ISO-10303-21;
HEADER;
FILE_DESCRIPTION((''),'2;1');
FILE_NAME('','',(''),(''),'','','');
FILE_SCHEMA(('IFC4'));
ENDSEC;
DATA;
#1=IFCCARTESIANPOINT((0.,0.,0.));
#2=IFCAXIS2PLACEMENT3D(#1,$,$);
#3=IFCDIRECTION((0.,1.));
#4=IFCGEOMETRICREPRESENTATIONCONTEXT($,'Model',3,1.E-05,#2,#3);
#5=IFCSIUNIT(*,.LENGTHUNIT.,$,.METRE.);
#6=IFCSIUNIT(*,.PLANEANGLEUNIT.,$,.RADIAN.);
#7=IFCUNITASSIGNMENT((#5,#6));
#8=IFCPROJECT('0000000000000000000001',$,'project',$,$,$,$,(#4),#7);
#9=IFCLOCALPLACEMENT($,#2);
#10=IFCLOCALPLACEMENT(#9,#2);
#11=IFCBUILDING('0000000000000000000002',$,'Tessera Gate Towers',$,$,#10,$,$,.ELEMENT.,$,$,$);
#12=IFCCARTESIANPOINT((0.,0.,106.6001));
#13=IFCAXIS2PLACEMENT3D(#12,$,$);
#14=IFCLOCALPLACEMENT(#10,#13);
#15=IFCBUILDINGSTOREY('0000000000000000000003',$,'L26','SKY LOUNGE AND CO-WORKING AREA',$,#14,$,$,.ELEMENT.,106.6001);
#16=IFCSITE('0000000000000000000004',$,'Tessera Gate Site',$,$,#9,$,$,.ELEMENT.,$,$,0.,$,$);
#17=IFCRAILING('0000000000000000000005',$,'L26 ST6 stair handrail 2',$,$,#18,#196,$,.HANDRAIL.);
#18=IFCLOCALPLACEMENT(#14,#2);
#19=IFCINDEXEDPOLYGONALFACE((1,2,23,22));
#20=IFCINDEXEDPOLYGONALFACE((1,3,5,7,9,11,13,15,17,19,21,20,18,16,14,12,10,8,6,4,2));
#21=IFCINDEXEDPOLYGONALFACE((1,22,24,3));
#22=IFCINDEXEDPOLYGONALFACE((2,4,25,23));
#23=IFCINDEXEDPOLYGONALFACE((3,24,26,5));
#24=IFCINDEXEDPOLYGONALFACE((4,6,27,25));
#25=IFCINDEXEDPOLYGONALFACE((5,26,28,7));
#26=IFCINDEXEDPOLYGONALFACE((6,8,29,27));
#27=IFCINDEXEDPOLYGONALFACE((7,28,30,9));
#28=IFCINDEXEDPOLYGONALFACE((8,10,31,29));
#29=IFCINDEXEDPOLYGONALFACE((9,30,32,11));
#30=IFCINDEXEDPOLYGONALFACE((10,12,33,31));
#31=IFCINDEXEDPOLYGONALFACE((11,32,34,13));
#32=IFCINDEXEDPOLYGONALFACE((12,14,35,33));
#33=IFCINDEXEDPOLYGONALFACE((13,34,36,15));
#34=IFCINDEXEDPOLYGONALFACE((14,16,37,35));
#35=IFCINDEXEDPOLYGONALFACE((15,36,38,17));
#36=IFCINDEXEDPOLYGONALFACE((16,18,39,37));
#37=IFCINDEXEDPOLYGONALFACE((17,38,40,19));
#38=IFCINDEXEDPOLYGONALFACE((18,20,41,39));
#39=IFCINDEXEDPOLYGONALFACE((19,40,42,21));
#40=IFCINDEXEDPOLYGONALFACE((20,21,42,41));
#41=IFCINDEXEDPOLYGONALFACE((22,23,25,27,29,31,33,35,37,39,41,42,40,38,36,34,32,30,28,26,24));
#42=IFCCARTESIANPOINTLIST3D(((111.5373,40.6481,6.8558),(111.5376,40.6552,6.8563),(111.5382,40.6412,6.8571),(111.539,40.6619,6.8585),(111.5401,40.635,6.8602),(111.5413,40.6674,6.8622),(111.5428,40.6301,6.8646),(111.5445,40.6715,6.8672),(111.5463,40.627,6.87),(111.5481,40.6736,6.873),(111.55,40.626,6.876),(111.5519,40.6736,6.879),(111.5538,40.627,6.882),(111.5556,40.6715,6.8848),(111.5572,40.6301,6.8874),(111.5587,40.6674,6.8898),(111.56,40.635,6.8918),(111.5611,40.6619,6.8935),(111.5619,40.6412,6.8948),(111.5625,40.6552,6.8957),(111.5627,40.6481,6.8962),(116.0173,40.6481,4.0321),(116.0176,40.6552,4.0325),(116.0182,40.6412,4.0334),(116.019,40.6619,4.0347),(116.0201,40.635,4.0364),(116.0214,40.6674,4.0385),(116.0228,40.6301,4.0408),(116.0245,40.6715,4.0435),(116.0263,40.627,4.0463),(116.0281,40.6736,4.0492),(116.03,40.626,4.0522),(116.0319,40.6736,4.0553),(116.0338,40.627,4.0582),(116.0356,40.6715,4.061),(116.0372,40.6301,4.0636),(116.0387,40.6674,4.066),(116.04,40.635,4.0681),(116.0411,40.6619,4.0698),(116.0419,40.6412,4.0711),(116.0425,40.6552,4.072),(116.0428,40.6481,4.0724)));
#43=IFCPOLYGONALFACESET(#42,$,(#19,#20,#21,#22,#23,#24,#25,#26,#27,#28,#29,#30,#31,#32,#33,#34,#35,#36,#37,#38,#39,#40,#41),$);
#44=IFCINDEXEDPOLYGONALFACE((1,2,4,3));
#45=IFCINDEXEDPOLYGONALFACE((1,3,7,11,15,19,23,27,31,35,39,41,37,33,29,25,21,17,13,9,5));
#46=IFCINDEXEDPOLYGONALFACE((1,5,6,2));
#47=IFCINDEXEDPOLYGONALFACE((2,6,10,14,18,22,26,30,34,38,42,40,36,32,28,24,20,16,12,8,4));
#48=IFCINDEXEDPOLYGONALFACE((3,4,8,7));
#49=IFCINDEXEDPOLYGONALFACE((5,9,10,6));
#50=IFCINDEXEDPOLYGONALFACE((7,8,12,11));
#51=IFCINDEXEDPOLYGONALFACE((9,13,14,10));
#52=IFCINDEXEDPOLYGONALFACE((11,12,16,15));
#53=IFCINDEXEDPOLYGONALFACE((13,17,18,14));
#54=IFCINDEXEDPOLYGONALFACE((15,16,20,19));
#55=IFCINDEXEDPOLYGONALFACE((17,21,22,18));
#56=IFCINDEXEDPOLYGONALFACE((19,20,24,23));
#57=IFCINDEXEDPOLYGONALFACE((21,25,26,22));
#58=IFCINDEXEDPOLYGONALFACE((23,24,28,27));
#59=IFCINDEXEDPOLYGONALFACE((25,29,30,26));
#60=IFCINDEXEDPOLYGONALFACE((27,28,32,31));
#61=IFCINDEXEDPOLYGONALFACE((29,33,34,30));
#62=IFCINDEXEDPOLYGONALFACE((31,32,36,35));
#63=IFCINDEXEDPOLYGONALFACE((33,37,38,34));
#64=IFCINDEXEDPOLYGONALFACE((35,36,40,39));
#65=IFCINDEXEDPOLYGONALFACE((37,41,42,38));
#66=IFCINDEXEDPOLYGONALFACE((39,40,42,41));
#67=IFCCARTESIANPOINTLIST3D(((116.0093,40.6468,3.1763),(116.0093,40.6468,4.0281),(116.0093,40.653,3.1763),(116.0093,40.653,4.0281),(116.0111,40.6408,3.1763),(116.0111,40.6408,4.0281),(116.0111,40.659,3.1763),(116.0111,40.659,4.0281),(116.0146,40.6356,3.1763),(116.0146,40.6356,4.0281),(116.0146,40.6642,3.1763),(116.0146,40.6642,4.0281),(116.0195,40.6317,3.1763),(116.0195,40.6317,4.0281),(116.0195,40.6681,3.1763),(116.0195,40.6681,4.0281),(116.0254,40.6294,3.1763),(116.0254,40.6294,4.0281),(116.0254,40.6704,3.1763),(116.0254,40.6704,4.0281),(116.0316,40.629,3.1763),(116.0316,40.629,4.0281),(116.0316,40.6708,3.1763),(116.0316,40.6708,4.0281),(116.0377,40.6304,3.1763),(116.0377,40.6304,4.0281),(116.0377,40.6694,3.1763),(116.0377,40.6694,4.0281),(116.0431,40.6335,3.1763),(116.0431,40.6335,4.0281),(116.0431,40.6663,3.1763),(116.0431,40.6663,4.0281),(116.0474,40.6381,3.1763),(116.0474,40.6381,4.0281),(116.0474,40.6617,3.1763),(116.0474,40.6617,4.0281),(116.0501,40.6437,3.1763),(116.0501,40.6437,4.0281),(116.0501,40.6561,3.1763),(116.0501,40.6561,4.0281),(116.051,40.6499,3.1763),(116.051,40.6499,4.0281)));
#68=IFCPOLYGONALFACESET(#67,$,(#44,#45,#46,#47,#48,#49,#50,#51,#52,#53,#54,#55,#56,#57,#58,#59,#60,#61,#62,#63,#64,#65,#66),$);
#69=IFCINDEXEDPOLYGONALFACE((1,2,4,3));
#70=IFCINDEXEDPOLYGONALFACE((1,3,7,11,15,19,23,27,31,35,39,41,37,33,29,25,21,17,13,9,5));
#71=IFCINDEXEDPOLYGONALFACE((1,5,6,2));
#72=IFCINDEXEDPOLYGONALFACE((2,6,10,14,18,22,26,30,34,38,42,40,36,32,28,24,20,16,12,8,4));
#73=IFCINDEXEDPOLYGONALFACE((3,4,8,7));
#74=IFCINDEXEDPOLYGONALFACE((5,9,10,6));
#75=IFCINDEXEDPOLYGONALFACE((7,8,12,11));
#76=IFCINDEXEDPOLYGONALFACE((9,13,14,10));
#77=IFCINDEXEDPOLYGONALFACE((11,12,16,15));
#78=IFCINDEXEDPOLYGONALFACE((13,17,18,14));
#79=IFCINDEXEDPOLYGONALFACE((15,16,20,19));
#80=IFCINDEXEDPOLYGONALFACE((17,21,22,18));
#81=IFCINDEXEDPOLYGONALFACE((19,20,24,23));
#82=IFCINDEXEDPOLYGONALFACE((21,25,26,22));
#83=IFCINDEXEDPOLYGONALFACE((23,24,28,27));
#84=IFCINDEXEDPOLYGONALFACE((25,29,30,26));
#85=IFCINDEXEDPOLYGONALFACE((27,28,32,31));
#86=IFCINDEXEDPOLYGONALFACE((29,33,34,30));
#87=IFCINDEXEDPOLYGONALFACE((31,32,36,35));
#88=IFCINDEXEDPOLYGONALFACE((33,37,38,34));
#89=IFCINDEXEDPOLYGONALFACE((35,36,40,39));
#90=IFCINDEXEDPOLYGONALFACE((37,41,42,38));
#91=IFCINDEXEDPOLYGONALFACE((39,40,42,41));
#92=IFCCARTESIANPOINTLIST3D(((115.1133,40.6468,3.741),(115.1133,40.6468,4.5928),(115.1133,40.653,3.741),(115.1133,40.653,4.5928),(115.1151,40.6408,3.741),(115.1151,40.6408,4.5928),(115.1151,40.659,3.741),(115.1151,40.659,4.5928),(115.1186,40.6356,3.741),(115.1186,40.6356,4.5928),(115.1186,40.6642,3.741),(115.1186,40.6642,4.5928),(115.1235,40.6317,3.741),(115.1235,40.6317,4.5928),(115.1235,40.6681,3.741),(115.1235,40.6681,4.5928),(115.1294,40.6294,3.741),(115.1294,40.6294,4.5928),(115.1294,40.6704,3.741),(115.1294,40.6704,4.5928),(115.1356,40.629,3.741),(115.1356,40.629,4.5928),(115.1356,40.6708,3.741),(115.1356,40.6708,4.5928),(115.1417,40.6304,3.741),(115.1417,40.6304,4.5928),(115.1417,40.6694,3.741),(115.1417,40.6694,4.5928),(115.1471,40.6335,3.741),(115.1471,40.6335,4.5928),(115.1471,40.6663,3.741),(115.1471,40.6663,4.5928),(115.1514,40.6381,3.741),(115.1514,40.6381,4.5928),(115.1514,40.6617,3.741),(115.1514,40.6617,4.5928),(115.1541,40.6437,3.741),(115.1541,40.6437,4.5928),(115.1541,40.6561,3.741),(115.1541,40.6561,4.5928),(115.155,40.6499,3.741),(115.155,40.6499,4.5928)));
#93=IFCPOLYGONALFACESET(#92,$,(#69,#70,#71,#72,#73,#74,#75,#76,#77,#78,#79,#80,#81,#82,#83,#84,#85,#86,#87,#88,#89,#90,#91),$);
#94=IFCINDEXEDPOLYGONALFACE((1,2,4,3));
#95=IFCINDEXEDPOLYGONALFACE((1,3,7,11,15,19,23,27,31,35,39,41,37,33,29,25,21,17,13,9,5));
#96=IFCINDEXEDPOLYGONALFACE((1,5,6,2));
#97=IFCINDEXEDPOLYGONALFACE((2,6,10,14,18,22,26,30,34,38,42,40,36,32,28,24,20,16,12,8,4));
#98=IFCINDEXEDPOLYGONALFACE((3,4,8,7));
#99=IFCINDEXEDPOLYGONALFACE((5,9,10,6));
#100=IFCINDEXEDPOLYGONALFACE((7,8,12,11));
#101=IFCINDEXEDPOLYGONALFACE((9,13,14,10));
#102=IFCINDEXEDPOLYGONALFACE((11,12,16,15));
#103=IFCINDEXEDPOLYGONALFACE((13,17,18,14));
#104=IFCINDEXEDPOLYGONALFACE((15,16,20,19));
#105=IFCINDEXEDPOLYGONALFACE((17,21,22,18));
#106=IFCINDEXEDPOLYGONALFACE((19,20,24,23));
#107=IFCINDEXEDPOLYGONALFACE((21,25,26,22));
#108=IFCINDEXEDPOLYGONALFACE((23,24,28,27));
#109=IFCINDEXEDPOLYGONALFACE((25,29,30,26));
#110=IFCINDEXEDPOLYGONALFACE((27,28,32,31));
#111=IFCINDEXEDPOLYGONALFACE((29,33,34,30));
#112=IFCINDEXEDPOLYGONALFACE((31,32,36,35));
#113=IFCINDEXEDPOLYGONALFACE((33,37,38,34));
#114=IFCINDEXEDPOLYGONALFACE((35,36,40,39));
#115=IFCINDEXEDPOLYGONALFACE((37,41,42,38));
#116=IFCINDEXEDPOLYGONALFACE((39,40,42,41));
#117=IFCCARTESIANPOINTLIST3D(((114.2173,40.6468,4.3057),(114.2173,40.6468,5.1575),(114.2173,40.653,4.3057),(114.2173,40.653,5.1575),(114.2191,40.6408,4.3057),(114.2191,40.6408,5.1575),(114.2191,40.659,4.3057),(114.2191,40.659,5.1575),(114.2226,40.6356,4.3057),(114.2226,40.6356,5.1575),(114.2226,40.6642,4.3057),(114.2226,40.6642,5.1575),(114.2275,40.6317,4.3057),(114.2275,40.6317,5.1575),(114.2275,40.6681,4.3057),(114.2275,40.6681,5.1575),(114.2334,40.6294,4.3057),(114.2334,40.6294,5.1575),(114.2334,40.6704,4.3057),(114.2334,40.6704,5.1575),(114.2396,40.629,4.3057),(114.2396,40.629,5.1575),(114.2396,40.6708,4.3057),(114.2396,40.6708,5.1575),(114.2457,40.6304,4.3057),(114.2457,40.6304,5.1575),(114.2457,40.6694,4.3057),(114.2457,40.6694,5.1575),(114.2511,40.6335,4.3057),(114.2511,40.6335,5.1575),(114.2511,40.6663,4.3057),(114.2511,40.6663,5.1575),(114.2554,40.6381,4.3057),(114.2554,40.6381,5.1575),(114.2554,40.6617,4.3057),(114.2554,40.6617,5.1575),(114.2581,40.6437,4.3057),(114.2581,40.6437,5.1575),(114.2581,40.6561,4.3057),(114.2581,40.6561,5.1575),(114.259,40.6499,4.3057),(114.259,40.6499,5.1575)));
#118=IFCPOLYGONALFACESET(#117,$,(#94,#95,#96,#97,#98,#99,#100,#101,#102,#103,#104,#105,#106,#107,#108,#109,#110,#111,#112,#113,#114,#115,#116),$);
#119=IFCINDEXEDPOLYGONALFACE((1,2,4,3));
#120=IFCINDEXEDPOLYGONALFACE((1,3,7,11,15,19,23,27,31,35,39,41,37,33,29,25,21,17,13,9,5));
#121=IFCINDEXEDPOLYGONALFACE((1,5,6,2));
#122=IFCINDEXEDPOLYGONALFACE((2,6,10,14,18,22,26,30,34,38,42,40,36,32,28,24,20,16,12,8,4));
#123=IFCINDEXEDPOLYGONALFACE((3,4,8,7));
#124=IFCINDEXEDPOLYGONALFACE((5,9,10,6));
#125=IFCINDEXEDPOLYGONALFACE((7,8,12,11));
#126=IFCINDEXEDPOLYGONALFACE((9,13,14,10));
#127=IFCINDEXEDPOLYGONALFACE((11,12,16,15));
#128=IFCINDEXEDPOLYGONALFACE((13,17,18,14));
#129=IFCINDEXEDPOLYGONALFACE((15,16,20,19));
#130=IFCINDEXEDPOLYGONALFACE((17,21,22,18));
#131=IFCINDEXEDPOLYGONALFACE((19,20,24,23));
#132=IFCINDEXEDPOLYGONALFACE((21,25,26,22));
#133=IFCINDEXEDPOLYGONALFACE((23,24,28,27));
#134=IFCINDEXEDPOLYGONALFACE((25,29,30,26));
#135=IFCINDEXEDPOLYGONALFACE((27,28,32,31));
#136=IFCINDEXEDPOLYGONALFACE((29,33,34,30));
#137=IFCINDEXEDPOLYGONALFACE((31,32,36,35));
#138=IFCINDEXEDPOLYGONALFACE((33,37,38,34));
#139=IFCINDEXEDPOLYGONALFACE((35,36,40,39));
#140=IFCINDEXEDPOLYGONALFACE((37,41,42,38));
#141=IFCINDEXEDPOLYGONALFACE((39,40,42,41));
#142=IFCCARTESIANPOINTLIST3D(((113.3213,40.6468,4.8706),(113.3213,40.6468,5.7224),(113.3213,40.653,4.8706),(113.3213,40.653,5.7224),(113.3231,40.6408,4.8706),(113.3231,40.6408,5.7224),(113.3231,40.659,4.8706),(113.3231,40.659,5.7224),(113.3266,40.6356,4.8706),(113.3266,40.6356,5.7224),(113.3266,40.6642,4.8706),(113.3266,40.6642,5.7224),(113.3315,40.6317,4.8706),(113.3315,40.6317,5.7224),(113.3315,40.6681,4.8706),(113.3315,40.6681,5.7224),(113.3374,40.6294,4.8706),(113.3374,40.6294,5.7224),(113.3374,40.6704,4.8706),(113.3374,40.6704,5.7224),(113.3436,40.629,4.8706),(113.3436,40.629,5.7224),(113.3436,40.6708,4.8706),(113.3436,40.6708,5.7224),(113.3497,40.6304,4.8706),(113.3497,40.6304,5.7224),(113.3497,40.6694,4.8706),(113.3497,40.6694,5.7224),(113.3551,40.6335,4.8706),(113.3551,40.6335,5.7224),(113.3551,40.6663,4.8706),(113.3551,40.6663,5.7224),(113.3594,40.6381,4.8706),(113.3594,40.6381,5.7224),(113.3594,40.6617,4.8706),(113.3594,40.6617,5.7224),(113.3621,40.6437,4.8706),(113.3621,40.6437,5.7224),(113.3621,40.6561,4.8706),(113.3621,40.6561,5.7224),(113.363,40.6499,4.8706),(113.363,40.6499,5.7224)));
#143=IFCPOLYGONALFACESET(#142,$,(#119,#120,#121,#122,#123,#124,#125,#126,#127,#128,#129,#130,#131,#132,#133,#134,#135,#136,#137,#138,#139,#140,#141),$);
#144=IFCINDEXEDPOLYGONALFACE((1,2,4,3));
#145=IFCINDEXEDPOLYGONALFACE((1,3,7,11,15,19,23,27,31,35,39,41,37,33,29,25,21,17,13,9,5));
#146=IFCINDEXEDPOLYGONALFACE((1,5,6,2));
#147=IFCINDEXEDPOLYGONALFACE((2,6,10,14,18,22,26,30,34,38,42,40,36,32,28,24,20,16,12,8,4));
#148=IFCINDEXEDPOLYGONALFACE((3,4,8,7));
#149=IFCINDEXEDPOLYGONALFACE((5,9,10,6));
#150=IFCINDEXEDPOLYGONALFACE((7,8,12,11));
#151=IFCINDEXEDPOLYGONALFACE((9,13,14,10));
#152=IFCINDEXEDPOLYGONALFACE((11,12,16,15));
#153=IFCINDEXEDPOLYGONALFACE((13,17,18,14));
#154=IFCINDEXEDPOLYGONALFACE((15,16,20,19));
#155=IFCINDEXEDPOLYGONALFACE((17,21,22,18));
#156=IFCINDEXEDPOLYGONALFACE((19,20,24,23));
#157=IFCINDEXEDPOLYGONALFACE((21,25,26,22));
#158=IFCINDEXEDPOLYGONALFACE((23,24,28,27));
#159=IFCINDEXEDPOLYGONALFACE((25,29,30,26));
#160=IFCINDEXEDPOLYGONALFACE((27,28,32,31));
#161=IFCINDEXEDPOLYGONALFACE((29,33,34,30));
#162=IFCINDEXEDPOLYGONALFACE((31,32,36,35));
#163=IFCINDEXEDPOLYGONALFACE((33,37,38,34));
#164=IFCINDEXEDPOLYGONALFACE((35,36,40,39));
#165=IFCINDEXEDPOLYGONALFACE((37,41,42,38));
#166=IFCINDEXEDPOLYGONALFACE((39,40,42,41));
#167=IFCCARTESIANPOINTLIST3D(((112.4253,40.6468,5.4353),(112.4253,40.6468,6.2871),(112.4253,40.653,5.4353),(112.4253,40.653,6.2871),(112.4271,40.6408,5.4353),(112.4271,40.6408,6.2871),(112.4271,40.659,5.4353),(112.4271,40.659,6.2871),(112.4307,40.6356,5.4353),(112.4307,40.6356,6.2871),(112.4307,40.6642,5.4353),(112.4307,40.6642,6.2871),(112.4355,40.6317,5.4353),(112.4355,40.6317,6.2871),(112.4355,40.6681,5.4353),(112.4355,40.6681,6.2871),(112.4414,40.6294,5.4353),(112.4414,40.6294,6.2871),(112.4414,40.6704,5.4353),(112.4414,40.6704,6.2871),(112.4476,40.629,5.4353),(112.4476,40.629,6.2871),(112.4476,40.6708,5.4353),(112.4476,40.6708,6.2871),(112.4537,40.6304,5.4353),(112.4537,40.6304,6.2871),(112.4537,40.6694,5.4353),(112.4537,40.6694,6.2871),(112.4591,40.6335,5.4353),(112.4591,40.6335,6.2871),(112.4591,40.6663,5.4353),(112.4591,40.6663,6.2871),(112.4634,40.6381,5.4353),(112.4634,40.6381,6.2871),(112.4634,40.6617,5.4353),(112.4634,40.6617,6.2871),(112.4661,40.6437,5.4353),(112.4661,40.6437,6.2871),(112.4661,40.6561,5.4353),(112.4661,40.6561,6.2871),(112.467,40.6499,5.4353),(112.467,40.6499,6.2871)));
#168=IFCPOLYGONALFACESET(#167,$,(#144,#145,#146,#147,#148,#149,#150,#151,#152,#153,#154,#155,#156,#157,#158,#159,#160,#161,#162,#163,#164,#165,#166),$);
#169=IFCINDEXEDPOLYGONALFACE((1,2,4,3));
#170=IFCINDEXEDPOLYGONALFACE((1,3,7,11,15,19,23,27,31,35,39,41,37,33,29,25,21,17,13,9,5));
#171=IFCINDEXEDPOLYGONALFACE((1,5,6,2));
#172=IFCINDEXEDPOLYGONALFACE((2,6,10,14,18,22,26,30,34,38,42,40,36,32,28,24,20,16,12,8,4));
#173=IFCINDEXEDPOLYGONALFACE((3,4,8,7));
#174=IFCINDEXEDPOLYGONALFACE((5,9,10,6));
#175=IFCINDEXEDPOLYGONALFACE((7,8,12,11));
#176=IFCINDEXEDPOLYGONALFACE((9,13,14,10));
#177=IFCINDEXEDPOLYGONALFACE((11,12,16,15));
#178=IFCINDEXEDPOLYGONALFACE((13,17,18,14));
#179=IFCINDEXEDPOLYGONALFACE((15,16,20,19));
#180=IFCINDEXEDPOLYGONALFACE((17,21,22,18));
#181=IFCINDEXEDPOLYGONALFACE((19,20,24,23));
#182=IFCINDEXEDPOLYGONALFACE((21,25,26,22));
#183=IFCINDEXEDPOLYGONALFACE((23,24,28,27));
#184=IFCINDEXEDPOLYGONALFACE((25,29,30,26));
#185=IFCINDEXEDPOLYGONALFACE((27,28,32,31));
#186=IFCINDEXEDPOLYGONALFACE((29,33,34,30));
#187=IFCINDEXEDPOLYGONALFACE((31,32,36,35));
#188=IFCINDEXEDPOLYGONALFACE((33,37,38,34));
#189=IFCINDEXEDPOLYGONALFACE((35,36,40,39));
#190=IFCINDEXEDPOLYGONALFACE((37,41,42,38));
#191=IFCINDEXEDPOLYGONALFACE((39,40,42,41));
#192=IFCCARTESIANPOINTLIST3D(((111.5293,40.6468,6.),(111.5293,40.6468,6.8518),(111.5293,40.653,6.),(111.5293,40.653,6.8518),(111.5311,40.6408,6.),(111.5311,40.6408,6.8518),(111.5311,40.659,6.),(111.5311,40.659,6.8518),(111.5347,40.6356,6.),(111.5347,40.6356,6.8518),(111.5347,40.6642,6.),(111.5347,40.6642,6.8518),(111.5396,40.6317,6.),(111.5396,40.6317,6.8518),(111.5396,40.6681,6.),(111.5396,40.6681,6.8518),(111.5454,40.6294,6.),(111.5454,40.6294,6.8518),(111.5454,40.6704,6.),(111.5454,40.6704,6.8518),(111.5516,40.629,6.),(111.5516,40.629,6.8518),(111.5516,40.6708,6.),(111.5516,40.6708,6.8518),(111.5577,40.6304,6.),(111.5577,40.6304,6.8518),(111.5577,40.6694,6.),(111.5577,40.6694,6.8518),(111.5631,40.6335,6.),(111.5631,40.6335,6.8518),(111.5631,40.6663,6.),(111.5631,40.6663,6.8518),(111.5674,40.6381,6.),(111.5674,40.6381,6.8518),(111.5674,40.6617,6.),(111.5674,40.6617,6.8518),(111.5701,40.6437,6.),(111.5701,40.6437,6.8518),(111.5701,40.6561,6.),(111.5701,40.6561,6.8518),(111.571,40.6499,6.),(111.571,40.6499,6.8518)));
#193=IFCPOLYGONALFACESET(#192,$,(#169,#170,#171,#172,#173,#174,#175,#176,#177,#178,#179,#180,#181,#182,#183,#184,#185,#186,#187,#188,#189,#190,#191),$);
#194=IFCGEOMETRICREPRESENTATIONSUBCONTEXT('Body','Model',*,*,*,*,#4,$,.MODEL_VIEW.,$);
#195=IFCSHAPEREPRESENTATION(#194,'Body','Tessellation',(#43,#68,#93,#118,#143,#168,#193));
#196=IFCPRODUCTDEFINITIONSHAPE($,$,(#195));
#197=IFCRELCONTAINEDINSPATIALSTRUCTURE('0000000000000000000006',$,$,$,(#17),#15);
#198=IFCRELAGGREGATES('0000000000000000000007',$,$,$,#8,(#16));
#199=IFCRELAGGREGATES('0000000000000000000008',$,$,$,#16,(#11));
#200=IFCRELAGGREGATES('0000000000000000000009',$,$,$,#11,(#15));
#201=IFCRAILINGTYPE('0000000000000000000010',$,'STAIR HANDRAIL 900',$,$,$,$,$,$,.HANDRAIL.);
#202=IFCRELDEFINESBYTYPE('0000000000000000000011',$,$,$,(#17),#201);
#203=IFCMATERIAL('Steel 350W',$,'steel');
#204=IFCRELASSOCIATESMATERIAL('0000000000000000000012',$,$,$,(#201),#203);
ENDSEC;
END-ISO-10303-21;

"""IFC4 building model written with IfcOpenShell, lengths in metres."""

from ifc_helpers import new_model, si_unit, direction, frame, origin, origin_2d, place, context, subcontext, project, spatial, circle, extrude, material, type_object, element, save


model = new_model("IFC4")

# Units and contexts
model_context = context("Model", 3, precision=1e-05, world=origin(), true_north=direction((0.0, 1.0)))
body_context = subcontext(model_context, "Body", "Model", "MODEL_VIEW")
ifc_project = project(units=[si_unit("LENGTHUNIT", "METRE"), si_unit("PLANEANGLEUNIT", "RADIAN")], contexts=[model_context])

# Site, building, storey
site_placement = place(None, origin())
site = spatial("IfcSite", under=ifc_project, at=site_placement, Name="Tessera Gate Site", CompositionType="ELEMENT", RefElevation=0.0)
building_placement = place(site_placement, origin())
building = spatial("IfcBuilding", under=site, at=building_placement, Name="Tessera Gate Towers", CompositionType="ELEMENT")
storey_placement = place(building_placement, frame((0.0, 0.0, 106.6001)))
storey = spatial("IfcBuildingStorey", under=building, at=storey_placement, Name="L26", Description="SKY LOUNGE AND CO-WORKING AREA", CompositionType="ELEMENT", Elevation=106.6001)

# Railing
ifc_material_1 = material(Name="Steel 350W", Category="steel")
railing_type_1 = type_object("IfcRailingType", Name="STAIR HANDRAIL 900", PredefinedType="HANDRAIL", material=ifc_material_1)
railing_1_placement = place(storey_placement, frame((116.03, 40.6499, 3.1763)))
element("IfcRailing", 1, at=railing_1_placement, inside=storey, type_object=railing_type_1, Name="L26 ST6 stair handrail 2", PredefinedType="HANDRAIL", context=body_context, shape_type="SweptSolid", body=[
    extrude(circle(Radius=0.0239, at=origin_2d()), frame((0.0, 0.0, 0.876), z_axis=(-0.845977, 0.0, 0.533219), x_axis=(0.0, -1.0, 0.0)), (0.0, 0.0, 1.0), 5.2957),
    extrude(circle(Radius=0.021, at=origin_2d()), origin(), (0.0, 0.0, 1.0), 0.8518),
    extrude(circle(Radius=0.021, at=origin_2d()), frame((-0.896, 0.0, 0.5647)), (0.0, 0.0, 1.0), 0.8518),
    extrude(circle(Radius=0.021, at=origin_2d()), frame((-1.792, 0.0, 1.1294)), (0.0, 0.0, 1.0), 0.8518),
    extrude(circle(Radius=0.021, at=origin_2d()), frame((-2.688, 0.0, 1.6943)), (0.0, 0.0, 1.0), 0.8518),
    extrude(circle(Radius=0.021, at=origin_2d()), frame((-3.584, 0.0, 2.259)), (0.0, 0.0, 1.0), 0.8518),
    extrude(circle(Radius=0.021, at=origin_2d()), frame((-4.48, 0.0, 2.8237)), (0.0, 0.0, 1.0), 0.8518),
])

save(model, "model.ifc")
